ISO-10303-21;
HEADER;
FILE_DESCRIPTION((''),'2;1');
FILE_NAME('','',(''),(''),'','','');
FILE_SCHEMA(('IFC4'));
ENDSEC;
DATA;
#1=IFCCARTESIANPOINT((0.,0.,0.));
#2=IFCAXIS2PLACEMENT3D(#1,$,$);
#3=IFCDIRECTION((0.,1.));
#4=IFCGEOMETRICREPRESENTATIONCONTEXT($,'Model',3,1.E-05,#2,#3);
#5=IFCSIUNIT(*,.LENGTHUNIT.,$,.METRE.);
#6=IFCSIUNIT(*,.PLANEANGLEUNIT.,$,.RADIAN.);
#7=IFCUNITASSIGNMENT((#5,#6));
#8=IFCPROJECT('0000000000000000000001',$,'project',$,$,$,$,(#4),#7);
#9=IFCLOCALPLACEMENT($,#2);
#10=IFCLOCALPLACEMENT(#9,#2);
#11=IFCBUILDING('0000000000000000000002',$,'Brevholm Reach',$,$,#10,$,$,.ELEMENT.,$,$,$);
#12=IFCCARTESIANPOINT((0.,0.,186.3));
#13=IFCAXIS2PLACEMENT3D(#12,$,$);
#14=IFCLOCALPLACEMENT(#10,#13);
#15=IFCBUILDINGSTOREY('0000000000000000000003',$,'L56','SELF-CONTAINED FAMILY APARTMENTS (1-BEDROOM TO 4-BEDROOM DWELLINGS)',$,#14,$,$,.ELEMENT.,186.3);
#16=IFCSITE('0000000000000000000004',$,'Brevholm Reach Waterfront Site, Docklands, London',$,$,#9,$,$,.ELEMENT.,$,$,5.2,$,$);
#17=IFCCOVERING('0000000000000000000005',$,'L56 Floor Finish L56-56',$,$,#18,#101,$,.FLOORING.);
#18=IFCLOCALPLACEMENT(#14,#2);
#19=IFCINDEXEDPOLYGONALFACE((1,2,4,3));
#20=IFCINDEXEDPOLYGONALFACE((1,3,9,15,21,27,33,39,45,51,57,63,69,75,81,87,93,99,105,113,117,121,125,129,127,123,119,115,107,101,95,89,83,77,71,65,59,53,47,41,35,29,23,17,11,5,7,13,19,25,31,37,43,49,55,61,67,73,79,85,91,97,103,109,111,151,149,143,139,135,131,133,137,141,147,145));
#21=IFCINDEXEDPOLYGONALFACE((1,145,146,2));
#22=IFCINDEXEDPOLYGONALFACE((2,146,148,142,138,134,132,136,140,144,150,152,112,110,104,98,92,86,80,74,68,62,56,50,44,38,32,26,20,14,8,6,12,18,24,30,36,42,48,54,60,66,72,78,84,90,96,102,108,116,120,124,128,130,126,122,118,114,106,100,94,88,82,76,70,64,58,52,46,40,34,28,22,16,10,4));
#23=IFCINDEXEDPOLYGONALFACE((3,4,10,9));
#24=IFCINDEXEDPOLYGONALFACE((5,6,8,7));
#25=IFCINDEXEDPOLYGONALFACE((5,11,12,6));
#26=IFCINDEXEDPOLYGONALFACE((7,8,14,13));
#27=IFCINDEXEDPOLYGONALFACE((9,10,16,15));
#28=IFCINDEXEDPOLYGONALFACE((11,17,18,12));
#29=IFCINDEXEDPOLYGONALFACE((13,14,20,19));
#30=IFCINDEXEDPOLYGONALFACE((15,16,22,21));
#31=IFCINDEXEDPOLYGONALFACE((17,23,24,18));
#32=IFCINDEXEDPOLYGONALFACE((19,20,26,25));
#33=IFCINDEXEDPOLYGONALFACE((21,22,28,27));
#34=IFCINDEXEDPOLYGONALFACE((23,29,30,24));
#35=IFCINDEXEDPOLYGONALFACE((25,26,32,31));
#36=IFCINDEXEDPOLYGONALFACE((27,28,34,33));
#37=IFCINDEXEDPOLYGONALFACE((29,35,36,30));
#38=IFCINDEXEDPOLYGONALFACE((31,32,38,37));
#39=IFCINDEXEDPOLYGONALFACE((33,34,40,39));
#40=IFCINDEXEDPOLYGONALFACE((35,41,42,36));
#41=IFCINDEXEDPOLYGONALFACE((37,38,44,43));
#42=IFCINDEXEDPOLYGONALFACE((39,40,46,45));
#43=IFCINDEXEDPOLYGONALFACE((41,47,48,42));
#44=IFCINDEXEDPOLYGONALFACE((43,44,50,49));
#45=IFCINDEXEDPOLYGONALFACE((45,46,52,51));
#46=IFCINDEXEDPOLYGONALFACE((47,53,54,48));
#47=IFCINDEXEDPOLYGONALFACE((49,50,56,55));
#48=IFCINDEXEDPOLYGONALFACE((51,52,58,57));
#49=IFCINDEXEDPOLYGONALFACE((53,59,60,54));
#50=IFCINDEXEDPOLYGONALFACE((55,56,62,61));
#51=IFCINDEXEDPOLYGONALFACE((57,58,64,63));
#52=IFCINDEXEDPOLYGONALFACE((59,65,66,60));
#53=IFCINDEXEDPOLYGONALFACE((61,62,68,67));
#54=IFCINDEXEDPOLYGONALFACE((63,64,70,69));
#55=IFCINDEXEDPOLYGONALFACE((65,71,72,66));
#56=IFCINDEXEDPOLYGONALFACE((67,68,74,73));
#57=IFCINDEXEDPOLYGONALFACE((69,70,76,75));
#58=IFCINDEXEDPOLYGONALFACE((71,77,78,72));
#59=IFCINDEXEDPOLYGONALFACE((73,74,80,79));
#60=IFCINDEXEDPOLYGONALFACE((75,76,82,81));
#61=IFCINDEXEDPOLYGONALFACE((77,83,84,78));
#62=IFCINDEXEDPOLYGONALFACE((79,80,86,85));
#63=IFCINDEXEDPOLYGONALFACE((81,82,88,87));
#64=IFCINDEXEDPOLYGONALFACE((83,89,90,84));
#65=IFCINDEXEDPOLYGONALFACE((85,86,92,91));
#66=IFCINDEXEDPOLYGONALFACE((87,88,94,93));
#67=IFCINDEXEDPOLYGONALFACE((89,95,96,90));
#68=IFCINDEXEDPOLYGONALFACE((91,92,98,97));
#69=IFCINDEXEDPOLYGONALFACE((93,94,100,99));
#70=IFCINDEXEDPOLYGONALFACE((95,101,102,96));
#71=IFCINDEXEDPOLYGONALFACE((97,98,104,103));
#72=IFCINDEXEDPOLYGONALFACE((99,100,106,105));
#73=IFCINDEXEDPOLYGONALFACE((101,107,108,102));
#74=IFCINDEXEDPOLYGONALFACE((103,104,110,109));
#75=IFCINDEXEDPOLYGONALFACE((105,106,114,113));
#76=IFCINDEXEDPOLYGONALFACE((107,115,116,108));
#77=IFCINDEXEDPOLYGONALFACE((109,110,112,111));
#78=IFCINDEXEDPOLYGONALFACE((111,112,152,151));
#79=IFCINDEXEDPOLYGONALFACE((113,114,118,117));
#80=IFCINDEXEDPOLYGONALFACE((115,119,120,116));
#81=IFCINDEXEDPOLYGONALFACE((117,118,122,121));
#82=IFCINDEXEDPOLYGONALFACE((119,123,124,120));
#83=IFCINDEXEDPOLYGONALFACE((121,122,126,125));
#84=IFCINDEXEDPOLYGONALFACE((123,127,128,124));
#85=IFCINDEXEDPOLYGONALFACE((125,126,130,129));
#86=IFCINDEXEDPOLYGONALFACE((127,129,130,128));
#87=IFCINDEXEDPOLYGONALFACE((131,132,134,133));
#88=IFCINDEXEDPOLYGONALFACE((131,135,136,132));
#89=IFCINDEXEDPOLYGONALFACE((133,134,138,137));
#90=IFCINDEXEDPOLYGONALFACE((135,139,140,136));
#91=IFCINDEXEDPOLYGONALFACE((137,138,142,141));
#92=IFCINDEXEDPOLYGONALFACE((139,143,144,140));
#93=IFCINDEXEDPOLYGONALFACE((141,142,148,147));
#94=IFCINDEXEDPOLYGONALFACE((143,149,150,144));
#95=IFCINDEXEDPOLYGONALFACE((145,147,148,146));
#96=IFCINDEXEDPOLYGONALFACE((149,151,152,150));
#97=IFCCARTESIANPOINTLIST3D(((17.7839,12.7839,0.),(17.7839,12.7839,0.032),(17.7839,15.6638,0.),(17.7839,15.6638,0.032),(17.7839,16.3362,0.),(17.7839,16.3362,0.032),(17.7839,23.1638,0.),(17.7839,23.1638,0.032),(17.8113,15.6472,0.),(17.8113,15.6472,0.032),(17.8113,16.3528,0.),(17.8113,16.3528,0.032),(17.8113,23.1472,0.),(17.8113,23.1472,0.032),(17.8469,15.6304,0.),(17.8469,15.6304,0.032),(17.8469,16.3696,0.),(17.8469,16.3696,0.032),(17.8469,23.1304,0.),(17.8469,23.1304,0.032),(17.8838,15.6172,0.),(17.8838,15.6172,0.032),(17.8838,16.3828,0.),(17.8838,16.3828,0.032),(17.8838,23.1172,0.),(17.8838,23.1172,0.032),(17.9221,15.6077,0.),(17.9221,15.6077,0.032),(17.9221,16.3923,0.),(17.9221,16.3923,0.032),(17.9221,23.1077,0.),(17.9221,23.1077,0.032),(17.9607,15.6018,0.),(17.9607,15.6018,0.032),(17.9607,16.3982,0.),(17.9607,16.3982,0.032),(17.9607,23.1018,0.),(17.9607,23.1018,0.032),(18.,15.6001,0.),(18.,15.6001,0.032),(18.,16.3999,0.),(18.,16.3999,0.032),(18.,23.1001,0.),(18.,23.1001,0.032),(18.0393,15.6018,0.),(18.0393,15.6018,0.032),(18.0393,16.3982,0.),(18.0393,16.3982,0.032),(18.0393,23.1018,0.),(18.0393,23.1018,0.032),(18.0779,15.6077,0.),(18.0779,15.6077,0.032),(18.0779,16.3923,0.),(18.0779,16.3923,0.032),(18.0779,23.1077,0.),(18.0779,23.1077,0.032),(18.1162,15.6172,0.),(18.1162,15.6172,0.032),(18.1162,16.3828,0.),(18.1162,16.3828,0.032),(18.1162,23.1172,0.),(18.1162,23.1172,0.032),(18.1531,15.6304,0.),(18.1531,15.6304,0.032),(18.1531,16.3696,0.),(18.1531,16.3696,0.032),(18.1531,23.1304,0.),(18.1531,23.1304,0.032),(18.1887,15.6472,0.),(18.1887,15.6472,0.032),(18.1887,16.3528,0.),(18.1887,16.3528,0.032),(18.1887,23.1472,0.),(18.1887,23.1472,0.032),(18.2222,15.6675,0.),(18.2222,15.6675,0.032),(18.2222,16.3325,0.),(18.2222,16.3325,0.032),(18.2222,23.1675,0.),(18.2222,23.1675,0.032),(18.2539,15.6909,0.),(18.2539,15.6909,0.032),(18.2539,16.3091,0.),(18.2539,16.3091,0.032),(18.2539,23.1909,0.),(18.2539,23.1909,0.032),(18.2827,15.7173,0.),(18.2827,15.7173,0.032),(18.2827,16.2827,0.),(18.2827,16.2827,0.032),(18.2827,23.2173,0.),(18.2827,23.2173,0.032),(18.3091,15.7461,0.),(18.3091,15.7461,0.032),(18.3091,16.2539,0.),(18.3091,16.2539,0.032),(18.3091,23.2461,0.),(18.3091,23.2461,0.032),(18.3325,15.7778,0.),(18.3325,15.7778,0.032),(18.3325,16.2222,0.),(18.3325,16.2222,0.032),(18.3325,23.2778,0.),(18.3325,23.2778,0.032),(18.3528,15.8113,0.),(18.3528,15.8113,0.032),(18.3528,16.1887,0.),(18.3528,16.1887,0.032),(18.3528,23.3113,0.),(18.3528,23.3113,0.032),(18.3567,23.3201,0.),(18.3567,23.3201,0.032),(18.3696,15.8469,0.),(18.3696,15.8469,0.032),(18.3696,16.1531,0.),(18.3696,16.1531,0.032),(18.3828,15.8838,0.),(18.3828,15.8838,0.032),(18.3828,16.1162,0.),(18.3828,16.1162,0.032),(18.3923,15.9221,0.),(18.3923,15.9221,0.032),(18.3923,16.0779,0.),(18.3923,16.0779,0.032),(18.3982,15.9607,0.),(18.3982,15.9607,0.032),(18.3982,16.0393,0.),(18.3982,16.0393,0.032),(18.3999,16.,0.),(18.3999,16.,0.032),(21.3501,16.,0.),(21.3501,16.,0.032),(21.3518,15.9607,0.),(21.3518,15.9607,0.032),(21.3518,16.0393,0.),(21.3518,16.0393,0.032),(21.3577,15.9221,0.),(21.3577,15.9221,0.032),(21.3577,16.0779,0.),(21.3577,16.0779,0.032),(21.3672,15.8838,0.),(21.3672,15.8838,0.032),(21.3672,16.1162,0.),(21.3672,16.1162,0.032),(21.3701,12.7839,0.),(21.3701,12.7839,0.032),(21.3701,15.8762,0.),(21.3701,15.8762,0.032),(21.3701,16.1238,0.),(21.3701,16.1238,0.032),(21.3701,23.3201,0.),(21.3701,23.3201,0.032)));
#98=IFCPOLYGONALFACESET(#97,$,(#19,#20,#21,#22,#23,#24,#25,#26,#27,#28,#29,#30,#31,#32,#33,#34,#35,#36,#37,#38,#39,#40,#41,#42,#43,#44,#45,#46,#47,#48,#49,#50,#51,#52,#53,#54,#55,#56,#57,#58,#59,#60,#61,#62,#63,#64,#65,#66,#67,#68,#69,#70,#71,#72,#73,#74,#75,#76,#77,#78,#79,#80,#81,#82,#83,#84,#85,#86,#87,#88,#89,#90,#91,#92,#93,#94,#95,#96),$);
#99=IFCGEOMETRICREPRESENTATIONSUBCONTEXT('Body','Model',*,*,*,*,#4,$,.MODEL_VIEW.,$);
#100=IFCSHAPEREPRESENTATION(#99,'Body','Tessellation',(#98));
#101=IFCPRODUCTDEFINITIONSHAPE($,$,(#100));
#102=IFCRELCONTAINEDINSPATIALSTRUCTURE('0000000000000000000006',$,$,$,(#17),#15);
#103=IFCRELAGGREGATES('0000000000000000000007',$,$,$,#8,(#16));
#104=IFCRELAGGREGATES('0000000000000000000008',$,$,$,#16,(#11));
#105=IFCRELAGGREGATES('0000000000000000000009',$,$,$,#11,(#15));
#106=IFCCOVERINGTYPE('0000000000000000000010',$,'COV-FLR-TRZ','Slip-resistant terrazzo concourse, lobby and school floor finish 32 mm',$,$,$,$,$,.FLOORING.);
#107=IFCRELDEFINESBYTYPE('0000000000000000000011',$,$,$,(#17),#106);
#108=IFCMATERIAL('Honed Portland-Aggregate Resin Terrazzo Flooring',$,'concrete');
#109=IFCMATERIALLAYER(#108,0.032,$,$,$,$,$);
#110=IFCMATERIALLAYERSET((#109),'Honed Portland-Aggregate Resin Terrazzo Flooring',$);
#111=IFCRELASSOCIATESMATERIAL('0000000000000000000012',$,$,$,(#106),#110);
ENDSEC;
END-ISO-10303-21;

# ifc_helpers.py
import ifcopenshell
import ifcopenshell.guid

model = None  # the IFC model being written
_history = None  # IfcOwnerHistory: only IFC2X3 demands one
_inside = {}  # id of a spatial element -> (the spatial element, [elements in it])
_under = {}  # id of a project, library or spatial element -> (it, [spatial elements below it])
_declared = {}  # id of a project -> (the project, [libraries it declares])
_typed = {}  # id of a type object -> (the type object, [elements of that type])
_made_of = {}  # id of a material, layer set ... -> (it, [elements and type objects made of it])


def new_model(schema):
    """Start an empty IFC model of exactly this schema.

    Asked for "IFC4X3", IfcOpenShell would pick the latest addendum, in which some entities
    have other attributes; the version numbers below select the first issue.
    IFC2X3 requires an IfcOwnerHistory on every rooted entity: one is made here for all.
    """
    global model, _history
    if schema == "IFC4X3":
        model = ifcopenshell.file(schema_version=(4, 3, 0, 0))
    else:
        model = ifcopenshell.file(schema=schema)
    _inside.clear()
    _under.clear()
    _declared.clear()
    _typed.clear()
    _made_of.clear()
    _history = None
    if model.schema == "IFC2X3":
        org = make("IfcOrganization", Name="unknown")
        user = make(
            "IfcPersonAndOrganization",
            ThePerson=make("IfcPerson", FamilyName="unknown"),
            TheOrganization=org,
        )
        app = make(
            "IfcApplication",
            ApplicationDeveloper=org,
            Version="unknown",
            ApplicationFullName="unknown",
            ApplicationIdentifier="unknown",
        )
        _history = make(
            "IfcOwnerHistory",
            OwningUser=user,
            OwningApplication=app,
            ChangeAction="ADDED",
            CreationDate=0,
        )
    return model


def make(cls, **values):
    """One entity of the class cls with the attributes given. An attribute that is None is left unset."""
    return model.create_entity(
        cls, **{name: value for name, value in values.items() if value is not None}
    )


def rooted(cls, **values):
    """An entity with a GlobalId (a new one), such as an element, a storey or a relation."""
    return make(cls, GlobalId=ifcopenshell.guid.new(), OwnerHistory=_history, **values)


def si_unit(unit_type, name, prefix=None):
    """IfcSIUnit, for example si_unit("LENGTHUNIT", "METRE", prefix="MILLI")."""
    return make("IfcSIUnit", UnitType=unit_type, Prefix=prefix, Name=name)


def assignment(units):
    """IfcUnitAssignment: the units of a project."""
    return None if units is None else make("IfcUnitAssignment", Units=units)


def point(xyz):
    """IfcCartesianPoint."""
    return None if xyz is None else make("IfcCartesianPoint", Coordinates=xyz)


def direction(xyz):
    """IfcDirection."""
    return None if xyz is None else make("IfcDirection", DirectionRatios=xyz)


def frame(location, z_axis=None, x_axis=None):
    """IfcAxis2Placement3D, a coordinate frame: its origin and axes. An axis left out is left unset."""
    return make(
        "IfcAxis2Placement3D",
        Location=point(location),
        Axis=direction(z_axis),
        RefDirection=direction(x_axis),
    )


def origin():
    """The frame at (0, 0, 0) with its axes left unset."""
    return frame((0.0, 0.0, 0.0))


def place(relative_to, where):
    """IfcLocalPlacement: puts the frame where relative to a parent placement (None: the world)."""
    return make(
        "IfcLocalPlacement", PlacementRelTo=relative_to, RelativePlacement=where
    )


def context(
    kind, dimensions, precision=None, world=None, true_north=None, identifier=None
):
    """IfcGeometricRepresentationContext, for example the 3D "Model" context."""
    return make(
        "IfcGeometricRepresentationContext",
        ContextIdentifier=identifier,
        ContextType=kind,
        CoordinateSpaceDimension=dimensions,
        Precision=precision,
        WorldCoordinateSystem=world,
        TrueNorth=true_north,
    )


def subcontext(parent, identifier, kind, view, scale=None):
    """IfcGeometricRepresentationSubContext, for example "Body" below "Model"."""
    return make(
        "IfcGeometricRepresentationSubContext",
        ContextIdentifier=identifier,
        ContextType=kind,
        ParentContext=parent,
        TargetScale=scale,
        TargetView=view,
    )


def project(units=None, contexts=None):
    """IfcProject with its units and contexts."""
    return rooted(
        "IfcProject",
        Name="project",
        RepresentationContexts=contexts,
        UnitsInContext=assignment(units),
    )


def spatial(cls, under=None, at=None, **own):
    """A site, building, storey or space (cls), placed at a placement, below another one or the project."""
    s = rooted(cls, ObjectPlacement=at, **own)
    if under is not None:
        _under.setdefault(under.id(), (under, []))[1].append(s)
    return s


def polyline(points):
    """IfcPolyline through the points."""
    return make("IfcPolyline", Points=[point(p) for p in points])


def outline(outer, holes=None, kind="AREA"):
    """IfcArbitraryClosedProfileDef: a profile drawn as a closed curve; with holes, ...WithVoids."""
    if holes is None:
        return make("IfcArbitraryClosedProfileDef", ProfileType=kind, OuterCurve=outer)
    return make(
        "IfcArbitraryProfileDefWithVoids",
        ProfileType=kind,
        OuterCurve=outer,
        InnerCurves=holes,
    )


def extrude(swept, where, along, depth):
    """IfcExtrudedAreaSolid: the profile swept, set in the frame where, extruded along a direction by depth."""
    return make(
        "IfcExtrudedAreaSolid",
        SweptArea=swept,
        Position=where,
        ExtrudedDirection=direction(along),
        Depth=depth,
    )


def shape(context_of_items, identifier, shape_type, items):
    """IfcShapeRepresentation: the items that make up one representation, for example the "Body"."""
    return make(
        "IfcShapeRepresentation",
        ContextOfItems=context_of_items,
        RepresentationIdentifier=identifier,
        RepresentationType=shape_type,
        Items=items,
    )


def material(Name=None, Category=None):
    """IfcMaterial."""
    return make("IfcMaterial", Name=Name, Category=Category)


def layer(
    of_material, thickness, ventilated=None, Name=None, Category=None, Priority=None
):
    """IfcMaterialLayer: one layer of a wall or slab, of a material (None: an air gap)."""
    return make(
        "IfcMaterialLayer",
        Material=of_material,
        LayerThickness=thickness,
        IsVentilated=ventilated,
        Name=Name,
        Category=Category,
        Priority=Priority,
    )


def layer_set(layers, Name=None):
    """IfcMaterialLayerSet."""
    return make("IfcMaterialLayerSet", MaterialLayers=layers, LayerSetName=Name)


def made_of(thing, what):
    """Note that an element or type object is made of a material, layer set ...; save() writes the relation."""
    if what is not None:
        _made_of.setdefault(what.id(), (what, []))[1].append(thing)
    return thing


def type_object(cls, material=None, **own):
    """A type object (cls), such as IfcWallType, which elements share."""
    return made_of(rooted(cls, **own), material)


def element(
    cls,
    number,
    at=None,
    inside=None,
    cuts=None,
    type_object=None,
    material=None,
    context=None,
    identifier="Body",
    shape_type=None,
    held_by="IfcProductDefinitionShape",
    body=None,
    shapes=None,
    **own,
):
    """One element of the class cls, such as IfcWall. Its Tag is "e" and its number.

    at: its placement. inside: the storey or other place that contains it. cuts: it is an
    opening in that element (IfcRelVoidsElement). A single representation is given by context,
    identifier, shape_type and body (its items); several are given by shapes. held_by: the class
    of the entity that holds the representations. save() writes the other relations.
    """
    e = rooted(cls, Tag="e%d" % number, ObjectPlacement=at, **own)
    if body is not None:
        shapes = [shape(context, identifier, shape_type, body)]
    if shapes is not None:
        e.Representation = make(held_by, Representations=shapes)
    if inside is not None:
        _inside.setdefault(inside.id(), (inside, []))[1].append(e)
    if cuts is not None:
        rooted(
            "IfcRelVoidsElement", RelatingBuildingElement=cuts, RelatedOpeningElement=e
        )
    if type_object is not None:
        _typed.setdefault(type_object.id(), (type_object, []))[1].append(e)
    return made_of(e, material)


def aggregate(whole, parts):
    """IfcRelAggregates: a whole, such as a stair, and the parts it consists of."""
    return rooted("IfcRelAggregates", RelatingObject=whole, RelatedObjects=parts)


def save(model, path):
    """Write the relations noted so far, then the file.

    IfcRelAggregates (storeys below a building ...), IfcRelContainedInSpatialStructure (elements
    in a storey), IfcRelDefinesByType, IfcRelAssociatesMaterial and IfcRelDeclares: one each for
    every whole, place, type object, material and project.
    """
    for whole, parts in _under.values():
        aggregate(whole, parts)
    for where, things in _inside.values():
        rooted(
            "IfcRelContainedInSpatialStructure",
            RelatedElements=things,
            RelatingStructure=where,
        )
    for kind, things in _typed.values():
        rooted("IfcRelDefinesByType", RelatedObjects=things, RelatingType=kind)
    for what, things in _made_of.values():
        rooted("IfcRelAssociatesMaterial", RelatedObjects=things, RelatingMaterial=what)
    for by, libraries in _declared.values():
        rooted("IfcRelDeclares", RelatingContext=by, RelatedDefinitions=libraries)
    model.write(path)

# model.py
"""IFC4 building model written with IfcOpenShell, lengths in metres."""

from ifc_helpers import new_model, si_unit, direction, frame, origin, place, context, subcontext, project, spatial, polyline, outline, extrude, material, layer, layer_set, type_object, element, save


model = new_model("IFC4")

# Units and contexts
model_context = context("Model", 3, precision=1e-05, world=origin(), true_north=direction((0.0, 1.0)))
body_context = subcontext(model_context, "Body", "Model", "MODEL_VIEW")
ifc_project = project(units=[si_unit("LENGTHUNIT", "METRE"), si_unit("PLANEANGLEUNIT", "RADIAN")], contexts=[model_context])

# Site, building, storey
site_placement = place(None, origin())
site = spatial("IfcSite", under=ifc_project, at=site_placement, Name="Brevholm Reach Waterfront Site, Docklands, London", CompositionType="ELEMENT", RefElevation=5.2)
building_placement = place(site_placement, origin())
building = spatial("IfcBuilding", under=site, at=building_placement, Name="Brevholm Reach", CompositionType="ELEMENT")
storey_placement = place(building_placement, frame((0.0, 0.0, 186.3)))
storey = spatial("IfcBuildingStorey", under=building, at=storey_placement, Name="L56", Description="SELF-CONTAINED FAMILY APARTMENTS (1-BEDROOM TO 4-BEDROOM DWELLINGS)", CompositionType="ELEMENT", Elevation=186.3)

# Covering
ifc_material_1 = material(Name="Honed Portland-Aggregate Resin Terrazzo Flooring", Category="concrete")
ifc_layer_1 = layer(ifc_material_1, 0.032)
ifc_layer_set_1 = layer_set([ifc_layer_1], Name="Honed Portland-Aggregate Resin Terrazzo Flooring")
covering_type_1 = type_object("IfcCoveringType", Name="COV-FLR-TRZ", Description="Slip-resistant terrazzo concourse, lobby and school floor finish 32 mm", PredefinedType="FLOORING", material=ifc_layer_set_1)
covering_1_placement = place(storey_placement, origin())
element("IfcCovering", 1, at=covering_1_placement, inside=storey, type_object=covering_type_1, Name="L56 Floor Finish L56-56", PredefinedType="FLOORING", context=body_context, shape_type="SweptSolid", body=[
    extrude(outline(polyline([(21.3701, 23.3201), (21.3701, 16.1238), (21.3672, 16.1162), (21.3577, 16.0779), (21.3518, 16.0393), (21.3501, 16.0), (21.3518, 15.9607), (21.3577, 15.9221), (21.3672, 15.8838), (21.3701, 15.8762), (21.3701, 12.7839), (17.7839, 12.7839), (17.7839, 15.6638), (17.8113, 15.6472), (17.8469, 15.6304), (17.8838, 15.6172), (17.9221, 15.6077), (17.9607, 15.6018), (18.0, 15.6001), (18.0393, 15.6018), (18.0779, 15.6077), (18.1162, 15.6172), (18.1531, 15.6304), (18.1887, 15.6472), (18.2222, 15.6675), (18.2539, 15.6909), (18.2827, 15.7173), (18.3091, 15.7461), (18.3325, 15.7778), (18.3528, 15.8113), (18.3696, 15.8469), (18.3828, 15.8838), (18.3923, 15.9221), (18.3982, 15.9607), (18.3999, 16.0), (18.3982, 16.0393), (18.3923, 16.0779), (18.3828, 16.1162), (18.3696, 16.1531), (18.3528, 16.1887), (18.3325, 16.2222), (18.3091, 16.2539), (18.2827, 16.2827), (18.2539, 16.3091), (18.2222, 16.3325), (18.1887, 16.3528), (18.1531, 16.3696), (18.1162, 16.3828), (18.0779, 16.3923), (18.0393, 16.3982), (18.0, 16.3999), (17.9607, 16.3982), (17.9221, 16.3923), (17.8838, 16.3828), (17.8469, 16.3696), (17.8113, 16.3528), (17.7839, 16.3362), (17.7839, 23.1638), (17.8113, 23.1472), (17.8469, 23.1304), (17.8838, 23.1172), (17.9221, 23.1077), (17.9607, 23.1018), (18.0, 23.1001), (18.0393, 23.1018), (18.0779, 23.1077), (18.1162, 23.1172), (18.1531, 23.1304), (18.1887, 23.1472), (18.2222, 23.1675), (18.2539, 23.1909), (18.2827, 23.2173), (18.3091, 23.2461), (18.3325, 23.2778), (18.3528, 23.3113), (18.3567, 23.3201), (21.3701, 23.3201)])), origin(), (0.0, 0.0, 1.0), 0.032),
])

save(model, "model.ifc")
